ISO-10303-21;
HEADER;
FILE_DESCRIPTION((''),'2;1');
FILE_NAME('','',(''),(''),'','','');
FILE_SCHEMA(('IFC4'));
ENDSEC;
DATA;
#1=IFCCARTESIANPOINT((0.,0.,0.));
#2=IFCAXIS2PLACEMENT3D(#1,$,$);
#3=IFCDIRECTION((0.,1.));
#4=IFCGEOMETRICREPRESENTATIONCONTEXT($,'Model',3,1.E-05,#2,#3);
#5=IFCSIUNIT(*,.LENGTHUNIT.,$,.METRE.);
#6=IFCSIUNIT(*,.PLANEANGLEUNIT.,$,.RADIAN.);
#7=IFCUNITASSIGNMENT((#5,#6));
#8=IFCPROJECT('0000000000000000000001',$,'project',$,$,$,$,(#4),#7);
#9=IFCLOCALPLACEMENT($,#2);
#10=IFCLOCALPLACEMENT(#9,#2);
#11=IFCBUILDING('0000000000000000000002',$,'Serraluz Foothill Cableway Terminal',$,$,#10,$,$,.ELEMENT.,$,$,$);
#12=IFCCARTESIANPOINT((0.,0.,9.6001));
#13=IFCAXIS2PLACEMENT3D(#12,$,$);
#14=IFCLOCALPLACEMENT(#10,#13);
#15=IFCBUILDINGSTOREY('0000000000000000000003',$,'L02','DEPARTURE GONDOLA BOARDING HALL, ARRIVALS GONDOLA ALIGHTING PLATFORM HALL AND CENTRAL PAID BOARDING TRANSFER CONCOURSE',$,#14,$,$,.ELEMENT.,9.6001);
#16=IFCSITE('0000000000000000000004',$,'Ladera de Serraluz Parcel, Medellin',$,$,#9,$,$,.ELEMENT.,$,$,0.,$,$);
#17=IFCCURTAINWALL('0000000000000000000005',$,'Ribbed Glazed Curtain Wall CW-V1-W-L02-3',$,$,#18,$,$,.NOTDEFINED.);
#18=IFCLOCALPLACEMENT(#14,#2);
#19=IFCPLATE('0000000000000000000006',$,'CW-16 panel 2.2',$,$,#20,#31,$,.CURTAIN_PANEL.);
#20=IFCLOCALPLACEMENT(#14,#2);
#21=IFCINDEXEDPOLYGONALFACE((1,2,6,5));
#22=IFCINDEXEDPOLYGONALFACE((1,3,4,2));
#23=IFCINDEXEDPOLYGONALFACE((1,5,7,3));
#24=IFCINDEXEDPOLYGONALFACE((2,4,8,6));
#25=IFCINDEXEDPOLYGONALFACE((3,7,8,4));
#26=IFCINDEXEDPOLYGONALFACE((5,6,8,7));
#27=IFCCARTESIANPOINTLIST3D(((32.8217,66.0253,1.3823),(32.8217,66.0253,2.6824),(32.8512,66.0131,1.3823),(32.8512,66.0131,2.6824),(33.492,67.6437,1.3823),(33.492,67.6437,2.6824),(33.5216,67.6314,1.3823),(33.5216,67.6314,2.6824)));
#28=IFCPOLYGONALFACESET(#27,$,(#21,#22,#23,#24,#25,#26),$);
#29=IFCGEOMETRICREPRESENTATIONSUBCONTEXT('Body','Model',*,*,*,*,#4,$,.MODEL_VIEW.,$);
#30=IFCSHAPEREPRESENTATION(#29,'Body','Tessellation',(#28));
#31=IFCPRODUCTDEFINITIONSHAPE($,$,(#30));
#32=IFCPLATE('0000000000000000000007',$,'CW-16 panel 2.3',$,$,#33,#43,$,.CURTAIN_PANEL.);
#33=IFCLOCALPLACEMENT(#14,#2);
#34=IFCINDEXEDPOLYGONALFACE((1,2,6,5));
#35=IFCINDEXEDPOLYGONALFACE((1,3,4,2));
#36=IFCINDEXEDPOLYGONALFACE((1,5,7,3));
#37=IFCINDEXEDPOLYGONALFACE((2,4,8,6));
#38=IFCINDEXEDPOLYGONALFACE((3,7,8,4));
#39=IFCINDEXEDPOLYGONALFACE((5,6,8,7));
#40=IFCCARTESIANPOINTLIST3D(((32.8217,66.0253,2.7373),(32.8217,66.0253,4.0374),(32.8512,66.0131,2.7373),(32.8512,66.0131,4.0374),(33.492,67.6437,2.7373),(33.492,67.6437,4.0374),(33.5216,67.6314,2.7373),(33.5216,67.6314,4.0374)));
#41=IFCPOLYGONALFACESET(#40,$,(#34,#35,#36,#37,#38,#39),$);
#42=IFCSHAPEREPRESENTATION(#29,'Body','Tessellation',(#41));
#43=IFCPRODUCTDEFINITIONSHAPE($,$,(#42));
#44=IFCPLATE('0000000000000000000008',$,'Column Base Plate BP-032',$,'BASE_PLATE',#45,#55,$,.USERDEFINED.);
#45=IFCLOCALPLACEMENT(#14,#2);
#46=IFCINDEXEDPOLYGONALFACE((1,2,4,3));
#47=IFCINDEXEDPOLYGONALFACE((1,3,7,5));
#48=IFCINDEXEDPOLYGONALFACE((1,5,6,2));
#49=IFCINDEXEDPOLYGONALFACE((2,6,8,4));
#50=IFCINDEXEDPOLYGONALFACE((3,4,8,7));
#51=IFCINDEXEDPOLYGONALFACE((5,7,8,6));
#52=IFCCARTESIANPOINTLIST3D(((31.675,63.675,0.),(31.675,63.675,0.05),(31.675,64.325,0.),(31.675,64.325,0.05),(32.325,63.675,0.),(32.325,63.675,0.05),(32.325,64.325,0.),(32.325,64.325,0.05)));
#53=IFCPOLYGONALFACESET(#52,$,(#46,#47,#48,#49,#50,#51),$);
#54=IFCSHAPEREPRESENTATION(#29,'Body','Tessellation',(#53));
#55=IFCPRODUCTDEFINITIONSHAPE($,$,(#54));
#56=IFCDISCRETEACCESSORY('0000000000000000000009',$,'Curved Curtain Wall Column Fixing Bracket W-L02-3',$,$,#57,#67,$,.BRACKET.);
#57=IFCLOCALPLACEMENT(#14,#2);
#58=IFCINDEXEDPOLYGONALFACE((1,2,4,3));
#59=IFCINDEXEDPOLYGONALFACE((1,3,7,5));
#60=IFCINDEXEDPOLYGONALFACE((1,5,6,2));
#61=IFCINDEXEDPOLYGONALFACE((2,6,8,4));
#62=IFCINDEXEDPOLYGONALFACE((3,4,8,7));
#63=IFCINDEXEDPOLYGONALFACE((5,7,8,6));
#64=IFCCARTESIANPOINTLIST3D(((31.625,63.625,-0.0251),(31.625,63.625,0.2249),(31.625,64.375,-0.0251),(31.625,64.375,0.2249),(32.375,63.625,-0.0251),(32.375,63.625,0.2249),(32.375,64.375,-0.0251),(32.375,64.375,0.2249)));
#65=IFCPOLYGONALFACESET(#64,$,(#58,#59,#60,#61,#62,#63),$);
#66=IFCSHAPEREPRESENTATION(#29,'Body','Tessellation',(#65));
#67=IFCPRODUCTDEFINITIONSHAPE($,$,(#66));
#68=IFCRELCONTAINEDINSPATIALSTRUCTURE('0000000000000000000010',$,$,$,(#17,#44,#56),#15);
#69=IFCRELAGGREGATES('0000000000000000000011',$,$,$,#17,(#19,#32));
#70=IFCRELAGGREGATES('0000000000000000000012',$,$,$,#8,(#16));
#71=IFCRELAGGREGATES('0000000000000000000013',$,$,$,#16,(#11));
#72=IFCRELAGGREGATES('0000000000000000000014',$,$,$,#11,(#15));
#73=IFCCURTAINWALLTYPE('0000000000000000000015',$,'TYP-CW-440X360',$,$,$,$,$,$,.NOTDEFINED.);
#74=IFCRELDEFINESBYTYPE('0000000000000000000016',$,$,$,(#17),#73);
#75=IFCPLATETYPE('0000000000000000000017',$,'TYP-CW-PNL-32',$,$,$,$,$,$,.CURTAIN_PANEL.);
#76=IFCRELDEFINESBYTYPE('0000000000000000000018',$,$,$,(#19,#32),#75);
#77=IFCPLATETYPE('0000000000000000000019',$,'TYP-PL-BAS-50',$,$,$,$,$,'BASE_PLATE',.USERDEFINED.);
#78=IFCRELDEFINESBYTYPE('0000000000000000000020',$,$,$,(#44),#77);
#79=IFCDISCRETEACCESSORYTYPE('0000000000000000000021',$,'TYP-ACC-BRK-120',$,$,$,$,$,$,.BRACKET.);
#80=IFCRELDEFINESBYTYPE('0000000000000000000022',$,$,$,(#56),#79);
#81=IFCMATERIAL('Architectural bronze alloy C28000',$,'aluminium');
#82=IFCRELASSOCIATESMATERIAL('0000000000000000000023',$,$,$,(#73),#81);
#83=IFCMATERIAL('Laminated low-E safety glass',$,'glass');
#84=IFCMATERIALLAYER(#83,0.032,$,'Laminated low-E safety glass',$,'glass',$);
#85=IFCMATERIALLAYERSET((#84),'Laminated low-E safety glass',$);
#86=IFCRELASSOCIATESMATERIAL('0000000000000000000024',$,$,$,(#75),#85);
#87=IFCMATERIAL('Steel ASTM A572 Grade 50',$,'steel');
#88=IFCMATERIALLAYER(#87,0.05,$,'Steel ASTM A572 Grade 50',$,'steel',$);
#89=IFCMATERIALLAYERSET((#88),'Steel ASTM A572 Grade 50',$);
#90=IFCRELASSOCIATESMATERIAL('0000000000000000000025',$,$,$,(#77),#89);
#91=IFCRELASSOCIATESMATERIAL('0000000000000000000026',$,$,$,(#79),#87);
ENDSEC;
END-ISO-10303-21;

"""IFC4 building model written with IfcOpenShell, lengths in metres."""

from ifc_helpers import new_model, si_unit, direction, frame, origin, origin_2d, place, context, subcontext, project, spatial, rectangle, extrude, material, layer, layer_set, type_object, element, aggregate, save


model = new_model("IFC4")

# Units and contexts
model_context = context("Model", 3, precision=1e-05, world=origin(), true_north=direction((0.0, 1.0)))
body_context = subcontext(model_context, "Body", "Model", "MODEL_VIEW")
ifc_project = project(units=[si_unit("LENGTHUNIT", "METRE"), si_unit("PLANEANGLEUNIT", "RADIAN")], contexts=[model_context])

# Site, building, storey
site_placement = place(None, origin())
site = spatial("IfcSite", under=ifc_project, at=site_placement, Name="Ladera de Serraluz Parcel, Medellin", CompositionType="ELEMENT", RefElevation=0.0)
building_placement = place(site_placement, origin())
building = spatial("IfcBuilding", under=site, at=building_placement, Name="Serraluz Foothill Cableway Terminal", CompositionType="ELEMENT")
storey_placement = place(building_placement, frame((0.0, 0.0, 9.6001)))
storey = spatial("IfcBuildingStorey", under=building, at=storey_placement, Name="L02", Description="DEPARTURE GONDOLA BOARDING HALL, ARRIVALS GONDOLA ALIGHTING PLATFORM HALL AND CENTRAL PAID BOARDING TRANSFER CONCOURSE", CompositionType="ELEMENT", Elevation=9.6001)

# Shared definitions
ifc_material_1 = material(Name="Steel ASTM A572 Grade 50", Category="steel")

# Curtain wall
ifc_material_2 = material(Name="Architectural bronze alloy C28000", Category="aluminium")
curtain_wall_type_1 = type_object("IfcCurtainWallType", Name="TYP-CW-440X360", PredefinedType="NOTDEFINED", material=ifc_material_2)
curtain_wall_1_placement = place(storey_placement, origin())
curtain_wall_1 = element("IfcCurtainWall", 1, at=curtain_wall_1_placement, inside=storey, type_object=curtain_wall_type_1, Name="Ribbed Glazed Curtain Wall CW-V1-W-L02-3", PredefinedType="NOTDEFINED")

# Plates
ifc_material_3 = material(Name="Laminated low-E safety glass", Category="glass")
ifc_layer_1 = layer(ifc_material_3, 0.032, Name="Laminated low-E safety glass", Category="glass")
ifc_layer_set_1 = layer_set([ifc_layer_1], Name="Laminated low-E safety glass")
plate_type_1 = type_object("IfcPlateType", Name="TYP-CW-PNL-32", PredefinedType="CURTAIN_PANEL", material=ifc_layer_set_1)
plate_1_placement = place(storey_placement, frame((33.1716, 66.8284, 1.3823), z_axis=(0.0, 0.0, 1.0), x_axis=(0.382685, 0.923879, 0.0)))
plate_1 = element("IfcPlate", 2, at=plate_1_placement, type_object=plate_type_1, Name="CW-16 panel 2.2", PredefinedType="CURTAIN_PANEL", context=body_context, shape_type="SweptSolid", body=[
    extrude(rectangle(XDim=1.7517, YDim=0.032, at=origin_2d()), origin(), (0.0, 0.0, 1.0), 1.3),
])
plate_2_placement = place(storey_placement, frame((33.1716, 66.8284, 2.7373), z_axis=(0.0, 0.0, 1.0), x_axis=(0.382685, 0.923879, 0.0)))
plate_2 = element("IfcPlate", 3, at=plate_2_placement, type_object=plate_type_1, Name="CW-16 panel 2.3", PredefinedType="CURTAIN_PANEL", context=body_context, shape_type="SweptSolid", body=[
    extrude(rectangle(XDim=1.7517, YDim=0.032, at=origin_2d()), origin(), (0.0, 0.0, 1.0), 1.3),
])
aggregate(curtain_wall_1, [plate_1, plate_2])
ifc_layer_2 = layer(ifc_material_1, 0.05, Name="Steel ASTM A572 Grade 50", Category="steel")
ifc_layer_set_2 = layer_set([ifc_layer_2], Name="Steel ASTM A572 Grade 50")
plate_type_2 = type_object("IfcPlateType", Name="TYP-PL-BAS-50", ElementType="BASE_PLATE", PredefinedType="USERDEFINED", material=ifc_layer_set_2)
plate_3_placement = place(storey_placement, frame((32.0, 64.0, 0.0), z_axis=(0.0, 0.0, 1.0), x_axis=(1.0, 0.0, 0.0)))
element("IfcPlate", 4, at=plate_3_placement, inside=storey, type_object=plate_type_2, Name="Column Base Plate BP-032", ObjectType="BASE_PLATE", PredefinedType="USERDEFINED", context=body_context, shape_type="SweptSolid", body=[
    extrude(rectangle(XDim=0.6499, YDim=0.6499, at=origin_2d()), origin(), (0.0, 0.0, 1.0), 0.05),
])

# Discrete accessory
discrete_accessory_type = type_object("IfcDiscreteAccessoryType", Name="TYP-ACC-BRK-120", PredefinedType="BRACKET", material=ifc_material_1)
discrete_accessory_placement = place(storey_placement, frame((32.0, 64.0, -0.0251), z_axis=(0.0, 0.0, 1.0), x_axis=(1.0, 0.0, 0.0)))
element("IfcDiscreteAccessory", 5, at=discrete_accessory_placement, inside=storey, type_object=discrete_accessory_type, Name="Curved Curtain Wall Column Fixing Bracket W-L02-3", PredefinedType="BRACKET", context=body_context, shape_type="SweptSolid", body=[
    extrude(rectangle(XDim=0.75, YDim=0.75, at=origin_2d()), origin(), (0.0, 0.0, 1.0), 0.25),
])

save(model, "model.ifc")
